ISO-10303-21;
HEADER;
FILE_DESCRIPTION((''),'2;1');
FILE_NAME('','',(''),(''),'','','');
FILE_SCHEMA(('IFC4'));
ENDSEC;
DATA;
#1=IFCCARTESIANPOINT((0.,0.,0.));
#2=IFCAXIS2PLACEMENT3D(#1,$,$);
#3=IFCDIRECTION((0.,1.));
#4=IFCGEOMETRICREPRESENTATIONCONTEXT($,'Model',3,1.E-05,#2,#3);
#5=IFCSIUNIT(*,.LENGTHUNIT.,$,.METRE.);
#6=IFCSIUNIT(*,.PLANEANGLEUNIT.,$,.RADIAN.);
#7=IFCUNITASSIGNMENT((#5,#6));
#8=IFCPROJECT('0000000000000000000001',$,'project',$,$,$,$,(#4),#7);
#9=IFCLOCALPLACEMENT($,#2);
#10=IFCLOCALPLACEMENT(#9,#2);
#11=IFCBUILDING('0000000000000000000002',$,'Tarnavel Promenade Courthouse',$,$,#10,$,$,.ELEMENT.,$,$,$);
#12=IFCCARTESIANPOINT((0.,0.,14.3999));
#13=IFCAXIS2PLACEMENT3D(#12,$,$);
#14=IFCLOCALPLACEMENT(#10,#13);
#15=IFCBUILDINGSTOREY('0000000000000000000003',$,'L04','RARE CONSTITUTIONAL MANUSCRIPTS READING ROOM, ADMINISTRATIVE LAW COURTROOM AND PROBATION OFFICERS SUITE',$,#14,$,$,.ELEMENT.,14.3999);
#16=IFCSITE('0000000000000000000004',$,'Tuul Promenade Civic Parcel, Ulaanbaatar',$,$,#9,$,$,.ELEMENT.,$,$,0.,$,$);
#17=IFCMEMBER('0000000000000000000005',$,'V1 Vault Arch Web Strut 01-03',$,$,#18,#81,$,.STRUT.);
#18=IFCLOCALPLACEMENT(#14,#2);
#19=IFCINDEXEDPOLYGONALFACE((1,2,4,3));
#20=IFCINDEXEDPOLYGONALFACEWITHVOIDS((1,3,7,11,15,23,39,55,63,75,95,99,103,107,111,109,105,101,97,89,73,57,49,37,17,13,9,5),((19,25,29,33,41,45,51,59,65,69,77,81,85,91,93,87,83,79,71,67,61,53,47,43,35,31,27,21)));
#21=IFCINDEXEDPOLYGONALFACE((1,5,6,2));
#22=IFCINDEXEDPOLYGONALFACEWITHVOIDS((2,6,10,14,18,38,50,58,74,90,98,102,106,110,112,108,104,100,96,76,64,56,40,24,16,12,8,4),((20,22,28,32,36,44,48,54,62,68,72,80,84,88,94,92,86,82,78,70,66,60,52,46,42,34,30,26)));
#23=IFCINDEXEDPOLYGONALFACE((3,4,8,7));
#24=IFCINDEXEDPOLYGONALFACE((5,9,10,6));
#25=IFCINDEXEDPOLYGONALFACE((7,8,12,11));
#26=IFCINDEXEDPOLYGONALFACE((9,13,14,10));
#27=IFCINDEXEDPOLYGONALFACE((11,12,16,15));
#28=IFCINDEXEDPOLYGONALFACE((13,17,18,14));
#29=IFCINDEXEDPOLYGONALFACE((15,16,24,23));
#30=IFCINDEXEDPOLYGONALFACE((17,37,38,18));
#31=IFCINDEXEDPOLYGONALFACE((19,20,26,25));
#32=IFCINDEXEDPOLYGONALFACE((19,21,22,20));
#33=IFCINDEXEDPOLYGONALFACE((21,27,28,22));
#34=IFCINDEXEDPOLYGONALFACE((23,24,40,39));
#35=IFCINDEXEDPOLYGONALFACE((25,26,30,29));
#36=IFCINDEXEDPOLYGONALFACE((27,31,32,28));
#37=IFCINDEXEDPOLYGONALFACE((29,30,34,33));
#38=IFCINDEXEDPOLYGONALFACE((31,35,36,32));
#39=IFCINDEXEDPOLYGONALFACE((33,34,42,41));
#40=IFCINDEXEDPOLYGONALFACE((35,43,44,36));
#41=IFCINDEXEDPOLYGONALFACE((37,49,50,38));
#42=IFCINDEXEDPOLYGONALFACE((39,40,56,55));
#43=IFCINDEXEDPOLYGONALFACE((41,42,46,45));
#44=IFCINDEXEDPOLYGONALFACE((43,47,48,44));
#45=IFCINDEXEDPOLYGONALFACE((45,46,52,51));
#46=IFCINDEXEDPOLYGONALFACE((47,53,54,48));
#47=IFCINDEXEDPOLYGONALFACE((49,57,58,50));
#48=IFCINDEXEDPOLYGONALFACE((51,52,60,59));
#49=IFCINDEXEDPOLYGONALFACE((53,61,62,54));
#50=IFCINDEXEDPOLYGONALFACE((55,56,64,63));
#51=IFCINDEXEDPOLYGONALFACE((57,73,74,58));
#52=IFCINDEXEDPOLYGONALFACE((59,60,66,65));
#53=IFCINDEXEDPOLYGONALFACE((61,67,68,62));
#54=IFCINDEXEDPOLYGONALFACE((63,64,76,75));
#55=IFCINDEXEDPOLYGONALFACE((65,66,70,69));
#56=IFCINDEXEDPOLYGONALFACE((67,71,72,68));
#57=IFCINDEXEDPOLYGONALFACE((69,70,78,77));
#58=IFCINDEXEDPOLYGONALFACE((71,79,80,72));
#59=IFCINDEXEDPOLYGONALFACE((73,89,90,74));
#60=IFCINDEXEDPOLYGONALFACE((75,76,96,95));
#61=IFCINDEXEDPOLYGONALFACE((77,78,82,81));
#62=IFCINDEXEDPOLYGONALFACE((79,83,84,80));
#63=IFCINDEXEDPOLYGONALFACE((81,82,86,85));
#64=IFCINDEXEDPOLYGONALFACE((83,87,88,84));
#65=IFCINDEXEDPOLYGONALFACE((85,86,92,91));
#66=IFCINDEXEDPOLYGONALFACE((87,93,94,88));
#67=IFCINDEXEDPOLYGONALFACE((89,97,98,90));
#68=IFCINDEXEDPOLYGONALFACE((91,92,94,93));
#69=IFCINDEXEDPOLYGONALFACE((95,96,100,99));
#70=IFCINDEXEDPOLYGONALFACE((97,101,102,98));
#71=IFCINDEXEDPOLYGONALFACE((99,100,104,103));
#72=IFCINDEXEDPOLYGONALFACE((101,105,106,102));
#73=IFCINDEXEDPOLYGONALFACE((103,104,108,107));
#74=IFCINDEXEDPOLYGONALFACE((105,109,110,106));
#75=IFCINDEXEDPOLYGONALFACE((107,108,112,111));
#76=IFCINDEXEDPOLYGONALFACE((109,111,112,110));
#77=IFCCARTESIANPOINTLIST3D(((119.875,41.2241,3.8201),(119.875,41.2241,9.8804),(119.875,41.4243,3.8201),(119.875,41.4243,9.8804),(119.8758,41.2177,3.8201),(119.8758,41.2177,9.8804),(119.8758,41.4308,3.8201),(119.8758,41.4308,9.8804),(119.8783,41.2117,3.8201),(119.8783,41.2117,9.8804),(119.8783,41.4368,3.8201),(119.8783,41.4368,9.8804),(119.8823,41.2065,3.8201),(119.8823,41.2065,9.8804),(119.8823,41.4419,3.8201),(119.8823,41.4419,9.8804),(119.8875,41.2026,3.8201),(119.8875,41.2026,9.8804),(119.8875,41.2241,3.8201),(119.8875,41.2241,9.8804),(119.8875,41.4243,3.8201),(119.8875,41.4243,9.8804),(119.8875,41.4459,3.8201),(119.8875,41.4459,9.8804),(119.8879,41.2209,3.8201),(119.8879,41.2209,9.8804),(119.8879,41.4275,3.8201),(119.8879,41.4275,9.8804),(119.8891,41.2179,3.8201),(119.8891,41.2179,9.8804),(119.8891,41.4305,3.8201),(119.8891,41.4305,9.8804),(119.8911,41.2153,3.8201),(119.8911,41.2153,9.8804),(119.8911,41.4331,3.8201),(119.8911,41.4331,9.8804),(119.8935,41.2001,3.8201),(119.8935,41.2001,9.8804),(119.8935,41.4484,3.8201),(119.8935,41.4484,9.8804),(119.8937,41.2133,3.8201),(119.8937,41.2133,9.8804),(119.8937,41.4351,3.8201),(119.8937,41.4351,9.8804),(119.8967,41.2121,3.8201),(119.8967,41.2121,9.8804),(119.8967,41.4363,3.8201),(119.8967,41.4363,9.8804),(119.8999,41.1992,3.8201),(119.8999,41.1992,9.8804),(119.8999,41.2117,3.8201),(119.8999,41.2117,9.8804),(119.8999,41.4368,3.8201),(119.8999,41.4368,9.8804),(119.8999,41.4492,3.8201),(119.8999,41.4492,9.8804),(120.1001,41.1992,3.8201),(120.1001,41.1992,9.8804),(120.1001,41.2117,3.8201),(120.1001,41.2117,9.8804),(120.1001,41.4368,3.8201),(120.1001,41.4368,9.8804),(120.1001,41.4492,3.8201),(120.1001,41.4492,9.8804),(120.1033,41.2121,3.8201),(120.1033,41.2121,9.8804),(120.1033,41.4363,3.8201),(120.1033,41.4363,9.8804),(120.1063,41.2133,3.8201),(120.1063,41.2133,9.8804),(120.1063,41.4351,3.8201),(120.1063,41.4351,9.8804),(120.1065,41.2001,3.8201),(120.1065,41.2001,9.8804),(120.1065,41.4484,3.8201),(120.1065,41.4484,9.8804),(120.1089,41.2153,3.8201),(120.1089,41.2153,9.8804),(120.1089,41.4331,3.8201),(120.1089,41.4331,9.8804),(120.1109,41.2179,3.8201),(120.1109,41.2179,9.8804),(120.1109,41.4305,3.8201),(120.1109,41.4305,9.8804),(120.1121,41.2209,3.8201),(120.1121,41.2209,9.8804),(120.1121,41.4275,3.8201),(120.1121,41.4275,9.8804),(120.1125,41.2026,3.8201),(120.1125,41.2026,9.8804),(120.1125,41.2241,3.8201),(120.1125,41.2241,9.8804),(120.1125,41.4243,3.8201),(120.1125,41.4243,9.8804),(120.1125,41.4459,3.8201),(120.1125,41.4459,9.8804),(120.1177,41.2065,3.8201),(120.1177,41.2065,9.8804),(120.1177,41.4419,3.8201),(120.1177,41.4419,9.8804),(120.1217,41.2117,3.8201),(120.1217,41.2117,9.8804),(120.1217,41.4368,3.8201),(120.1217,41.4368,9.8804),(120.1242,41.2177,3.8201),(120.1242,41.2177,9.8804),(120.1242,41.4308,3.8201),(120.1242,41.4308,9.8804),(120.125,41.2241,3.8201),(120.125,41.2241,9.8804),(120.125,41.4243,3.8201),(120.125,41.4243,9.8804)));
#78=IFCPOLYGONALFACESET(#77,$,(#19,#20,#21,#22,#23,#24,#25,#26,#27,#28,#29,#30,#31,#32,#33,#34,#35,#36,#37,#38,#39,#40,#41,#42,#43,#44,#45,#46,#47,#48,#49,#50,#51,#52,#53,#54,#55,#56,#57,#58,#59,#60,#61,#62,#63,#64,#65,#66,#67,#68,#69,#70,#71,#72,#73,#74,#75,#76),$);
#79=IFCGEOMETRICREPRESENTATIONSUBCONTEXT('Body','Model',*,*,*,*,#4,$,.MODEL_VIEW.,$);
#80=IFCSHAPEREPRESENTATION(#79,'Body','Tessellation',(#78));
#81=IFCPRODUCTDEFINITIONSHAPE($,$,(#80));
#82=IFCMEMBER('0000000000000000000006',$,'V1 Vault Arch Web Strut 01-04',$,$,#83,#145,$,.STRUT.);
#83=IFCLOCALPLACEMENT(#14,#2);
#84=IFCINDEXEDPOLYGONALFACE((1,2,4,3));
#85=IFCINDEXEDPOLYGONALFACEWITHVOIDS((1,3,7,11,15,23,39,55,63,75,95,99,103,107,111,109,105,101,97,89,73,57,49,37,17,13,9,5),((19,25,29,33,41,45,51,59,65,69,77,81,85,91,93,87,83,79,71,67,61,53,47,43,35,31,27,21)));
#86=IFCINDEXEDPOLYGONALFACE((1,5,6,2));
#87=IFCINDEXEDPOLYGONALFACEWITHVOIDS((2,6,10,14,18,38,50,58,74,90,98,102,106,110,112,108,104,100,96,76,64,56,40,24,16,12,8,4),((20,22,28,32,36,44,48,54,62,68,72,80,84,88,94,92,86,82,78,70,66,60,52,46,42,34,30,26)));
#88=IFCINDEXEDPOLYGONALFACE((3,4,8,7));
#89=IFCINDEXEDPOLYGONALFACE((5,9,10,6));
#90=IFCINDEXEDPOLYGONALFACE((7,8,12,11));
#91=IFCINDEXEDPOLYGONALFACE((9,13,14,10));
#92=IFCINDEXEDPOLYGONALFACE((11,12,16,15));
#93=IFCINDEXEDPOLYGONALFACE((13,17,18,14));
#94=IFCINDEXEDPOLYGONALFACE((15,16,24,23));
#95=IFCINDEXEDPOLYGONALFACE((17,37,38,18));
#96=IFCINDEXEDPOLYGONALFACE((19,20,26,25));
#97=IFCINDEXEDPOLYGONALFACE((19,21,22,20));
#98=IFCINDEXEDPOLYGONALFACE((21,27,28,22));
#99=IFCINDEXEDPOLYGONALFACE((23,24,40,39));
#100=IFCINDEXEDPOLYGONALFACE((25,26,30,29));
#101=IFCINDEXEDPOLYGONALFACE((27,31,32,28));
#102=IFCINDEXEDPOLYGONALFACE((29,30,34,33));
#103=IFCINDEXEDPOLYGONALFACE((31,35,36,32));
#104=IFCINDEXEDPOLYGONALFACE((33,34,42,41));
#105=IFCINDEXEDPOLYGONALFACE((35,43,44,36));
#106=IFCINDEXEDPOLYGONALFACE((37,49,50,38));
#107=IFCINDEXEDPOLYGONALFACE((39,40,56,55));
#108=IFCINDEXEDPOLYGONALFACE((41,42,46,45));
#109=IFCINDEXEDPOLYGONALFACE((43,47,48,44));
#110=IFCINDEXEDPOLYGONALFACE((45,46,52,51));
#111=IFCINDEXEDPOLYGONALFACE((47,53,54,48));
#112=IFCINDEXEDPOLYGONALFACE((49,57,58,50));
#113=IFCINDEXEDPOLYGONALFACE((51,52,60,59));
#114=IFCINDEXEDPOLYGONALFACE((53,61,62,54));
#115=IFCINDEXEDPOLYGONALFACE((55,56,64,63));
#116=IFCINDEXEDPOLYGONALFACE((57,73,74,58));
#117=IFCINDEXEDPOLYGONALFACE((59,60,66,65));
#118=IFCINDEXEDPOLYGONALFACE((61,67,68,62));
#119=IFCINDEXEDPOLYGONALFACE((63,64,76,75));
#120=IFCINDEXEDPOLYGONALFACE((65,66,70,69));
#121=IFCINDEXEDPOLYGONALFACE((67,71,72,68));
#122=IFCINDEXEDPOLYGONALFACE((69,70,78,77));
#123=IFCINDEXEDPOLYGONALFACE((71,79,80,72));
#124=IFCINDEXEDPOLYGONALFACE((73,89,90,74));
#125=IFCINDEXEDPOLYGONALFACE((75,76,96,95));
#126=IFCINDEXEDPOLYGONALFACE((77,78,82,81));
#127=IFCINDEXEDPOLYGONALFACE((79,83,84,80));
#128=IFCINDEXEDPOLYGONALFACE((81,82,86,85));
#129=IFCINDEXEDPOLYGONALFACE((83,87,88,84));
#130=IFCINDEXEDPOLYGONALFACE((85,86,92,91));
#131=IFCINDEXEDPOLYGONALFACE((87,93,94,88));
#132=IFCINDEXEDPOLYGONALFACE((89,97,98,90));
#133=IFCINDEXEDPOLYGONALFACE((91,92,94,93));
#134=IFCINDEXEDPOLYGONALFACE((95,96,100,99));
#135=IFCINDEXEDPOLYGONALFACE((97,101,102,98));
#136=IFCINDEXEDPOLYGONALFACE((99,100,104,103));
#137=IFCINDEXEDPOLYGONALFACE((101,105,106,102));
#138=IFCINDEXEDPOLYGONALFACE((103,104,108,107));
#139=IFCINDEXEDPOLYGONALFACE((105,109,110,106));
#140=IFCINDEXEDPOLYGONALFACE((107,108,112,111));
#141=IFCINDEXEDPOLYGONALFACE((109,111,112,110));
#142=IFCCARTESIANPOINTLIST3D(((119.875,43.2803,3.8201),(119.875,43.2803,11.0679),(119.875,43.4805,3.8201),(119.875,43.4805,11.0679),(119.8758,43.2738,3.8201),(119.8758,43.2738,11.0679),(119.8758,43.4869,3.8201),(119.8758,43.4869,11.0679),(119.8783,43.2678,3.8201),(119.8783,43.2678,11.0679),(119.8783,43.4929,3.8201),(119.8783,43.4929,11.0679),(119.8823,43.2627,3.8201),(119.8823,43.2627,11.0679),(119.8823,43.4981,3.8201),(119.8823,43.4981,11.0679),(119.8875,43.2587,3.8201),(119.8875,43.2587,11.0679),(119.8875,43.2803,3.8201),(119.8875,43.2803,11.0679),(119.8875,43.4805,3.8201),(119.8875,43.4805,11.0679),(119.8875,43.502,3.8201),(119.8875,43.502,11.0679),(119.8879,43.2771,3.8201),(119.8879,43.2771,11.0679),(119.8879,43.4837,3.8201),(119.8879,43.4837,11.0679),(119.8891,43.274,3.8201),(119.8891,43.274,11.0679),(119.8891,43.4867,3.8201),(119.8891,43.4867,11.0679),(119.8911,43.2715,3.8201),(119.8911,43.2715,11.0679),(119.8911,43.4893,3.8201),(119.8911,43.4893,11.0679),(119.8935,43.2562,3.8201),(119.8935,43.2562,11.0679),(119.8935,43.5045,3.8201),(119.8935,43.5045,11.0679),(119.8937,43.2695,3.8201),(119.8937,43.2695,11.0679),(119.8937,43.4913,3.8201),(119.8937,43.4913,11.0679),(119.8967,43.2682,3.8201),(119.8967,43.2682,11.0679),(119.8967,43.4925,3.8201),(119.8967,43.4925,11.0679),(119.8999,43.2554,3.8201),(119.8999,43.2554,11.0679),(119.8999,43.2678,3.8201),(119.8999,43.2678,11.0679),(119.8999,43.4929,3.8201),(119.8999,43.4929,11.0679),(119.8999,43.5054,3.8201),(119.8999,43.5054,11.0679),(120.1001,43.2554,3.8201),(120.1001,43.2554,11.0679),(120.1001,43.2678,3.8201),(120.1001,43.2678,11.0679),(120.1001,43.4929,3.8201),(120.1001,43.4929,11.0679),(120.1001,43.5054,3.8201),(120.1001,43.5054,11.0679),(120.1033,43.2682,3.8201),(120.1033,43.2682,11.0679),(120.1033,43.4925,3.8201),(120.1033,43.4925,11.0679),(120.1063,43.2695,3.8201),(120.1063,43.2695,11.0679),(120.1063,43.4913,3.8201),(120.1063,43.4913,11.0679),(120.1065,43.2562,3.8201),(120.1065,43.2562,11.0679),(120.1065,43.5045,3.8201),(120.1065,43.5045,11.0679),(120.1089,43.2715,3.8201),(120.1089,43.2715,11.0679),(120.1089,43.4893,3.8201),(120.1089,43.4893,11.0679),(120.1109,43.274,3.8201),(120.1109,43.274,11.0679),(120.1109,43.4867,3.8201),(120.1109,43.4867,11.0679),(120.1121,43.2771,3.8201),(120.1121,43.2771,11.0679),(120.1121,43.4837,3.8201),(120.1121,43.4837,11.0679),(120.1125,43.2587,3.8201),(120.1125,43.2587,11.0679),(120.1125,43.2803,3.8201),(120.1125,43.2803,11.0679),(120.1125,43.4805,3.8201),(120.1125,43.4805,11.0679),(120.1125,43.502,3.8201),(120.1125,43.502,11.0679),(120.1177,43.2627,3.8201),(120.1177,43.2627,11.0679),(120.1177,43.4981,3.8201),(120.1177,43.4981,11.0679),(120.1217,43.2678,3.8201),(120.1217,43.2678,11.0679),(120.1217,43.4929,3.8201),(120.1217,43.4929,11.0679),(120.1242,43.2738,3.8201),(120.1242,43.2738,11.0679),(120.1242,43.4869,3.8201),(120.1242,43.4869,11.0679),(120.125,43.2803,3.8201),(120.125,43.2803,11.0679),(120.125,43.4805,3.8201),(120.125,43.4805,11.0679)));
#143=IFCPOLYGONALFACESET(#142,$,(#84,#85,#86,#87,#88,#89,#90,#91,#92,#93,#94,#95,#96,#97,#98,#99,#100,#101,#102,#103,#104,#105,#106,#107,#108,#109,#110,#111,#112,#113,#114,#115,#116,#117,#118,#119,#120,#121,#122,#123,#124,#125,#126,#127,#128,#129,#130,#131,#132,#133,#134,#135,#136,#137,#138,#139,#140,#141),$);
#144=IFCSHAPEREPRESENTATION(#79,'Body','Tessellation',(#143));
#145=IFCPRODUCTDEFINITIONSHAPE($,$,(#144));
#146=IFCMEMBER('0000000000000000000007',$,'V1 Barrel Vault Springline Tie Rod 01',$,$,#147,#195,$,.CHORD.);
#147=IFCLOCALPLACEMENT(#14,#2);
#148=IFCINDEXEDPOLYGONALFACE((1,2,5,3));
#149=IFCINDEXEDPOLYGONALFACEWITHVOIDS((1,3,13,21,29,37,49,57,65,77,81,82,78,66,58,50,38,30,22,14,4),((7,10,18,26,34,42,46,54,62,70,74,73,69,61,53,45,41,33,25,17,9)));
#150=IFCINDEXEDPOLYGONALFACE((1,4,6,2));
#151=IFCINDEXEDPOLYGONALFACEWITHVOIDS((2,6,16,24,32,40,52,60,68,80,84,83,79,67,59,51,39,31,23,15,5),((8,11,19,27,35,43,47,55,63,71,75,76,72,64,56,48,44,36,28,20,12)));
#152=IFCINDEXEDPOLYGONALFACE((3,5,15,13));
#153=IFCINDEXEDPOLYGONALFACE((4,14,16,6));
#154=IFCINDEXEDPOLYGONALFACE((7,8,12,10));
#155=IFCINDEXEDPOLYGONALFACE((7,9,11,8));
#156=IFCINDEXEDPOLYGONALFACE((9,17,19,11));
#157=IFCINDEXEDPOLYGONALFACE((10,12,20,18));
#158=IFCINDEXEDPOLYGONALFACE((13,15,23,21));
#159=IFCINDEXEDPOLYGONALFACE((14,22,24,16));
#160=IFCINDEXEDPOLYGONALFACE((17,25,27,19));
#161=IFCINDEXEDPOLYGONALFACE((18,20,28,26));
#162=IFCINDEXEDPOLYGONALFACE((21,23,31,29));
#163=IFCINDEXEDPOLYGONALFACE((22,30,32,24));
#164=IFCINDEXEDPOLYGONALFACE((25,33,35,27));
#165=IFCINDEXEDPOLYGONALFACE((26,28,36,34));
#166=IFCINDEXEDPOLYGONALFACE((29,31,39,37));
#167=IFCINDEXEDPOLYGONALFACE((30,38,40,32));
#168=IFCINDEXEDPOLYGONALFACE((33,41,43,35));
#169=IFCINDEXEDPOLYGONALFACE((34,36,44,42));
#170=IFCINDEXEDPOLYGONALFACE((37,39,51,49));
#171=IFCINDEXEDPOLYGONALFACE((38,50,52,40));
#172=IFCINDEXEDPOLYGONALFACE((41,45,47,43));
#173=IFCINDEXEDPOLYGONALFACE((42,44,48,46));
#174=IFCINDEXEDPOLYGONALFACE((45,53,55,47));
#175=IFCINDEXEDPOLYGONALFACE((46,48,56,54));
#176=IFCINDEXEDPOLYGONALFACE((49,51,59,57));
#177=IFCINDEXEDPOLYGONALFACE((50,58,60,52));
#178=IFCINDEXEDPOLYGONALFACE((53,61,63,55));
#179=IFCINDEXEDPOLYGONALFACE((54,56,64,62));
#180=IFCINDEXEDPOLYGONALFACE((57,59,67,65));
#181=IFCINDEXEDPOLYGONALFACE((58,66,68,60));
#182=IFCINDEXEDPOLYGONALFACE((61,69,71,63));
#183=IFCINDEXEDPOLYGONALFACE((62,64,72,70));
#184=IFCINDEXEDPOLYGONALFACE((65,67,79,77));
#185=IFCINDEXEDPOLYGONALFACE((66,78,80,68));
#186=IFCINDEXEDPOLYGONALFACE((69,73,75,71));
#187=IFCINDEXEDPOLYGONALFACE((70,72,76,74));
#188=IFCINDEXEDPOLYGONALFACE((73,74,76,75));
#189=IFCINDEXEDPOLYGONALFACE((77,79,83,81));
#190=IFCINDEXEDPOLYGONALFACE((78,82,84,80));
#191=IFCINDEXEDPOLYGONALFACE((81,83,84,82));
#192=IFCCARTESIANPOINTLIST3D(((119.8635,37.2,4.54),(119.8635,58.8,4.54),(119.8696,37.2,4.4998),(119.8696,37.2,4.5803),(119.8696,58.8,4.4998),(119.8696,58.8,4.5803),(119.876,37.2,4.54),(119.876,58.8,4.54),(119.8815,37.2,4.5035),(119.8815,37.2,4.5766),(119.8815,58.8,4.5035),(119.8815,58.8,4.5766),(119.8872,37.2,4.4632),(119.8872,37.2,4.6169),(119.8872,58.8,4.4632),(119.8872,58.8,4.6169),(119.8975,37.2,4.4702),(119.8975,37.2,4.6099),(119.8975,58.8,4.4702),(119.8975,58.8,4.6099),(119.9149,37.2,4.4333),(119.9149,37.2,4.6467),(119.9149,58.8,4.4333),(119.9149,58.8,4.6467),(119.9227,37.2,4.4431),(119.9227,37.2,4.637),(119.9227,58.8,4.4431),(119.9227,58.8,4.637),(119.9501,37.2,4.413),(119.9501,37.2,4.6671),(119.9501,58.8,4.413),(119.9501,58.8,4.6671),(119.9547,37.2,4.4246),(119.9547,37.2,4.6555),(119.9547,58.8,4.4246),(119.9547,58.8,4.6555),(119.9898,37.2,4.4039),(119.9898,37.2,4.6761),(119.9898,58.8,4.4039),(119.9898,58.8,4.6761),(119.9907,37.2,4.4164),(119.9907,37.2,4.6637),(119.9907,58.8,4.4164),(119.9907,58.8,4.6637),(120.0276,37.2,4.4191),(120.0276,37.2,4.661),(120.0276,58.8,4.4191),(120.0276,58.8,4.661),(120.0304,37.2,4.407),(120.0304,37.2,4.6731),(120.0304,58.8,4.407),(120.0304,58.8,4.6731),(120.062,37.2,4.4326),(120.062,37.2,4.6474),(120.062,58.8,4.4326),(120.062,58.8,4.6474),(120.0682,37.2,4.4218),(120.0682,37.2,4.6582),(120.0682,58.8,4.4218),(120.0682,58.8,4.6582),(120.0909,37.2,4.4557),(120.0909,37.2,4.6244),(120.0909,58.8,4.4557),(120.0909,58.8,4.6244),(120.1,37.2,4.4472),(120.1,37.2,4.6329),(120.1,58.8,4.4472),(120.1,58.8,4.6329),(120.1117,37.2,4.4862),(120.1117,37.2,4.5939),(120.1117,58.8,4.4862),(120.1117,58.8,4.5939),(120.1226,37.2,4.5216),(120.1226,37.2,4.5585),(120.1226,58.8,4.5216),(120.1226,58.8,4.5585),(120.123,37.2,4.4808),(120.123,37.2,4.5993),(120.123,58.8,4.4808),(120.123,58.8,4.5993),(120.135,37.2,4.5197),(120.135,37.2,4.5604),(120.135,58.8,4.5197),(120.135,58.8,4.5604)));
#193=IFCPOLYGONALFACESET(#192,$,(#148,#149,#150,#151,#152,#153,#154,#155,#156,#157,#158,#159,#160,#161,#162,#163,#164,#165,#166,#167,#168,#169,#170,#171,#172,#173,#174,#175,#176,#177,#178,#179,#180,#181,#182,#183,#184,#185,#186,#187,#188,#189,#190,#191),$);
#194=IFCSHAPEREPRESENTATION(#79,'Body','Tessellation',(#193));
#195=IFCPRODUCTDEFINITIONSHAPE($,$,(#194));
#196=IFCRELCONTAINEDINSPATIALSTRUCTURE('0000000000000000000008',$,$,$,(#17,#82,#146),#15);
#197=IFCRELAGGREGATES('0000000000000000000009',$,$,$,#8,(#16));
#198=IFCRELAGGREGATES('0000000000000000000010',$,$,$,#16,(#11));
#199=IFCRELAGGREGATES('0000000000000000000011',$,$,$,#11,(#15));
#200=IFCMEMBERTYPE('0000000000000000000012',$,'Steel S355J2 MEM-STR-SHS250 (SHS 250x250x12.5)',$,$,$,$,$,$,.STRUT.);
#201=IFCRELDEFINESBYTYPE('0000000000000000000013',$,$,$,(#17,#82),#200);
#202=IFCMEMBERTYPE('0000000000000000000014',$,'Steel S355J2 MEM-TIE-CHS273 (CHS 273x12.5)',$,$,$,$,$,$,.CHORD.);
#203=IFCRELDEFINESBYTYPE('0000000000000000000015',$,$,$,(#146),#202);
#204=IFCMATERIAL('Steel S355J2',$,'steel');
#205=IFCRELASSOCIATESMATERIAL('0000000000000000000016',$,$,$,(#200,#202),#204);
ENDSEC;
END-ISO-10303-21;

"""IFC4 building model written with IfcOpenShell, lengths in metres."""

from ifc_helpers import new_model, si_unit, direction, frame, origin, origin_2d, place, context, subcontext, project, spatial, hollow_rectangle, hollow_circle, extrude, material, material_profile, profile_set, type_object, element, save


model = new_model("IFC4")

# Units and contexts
model_context = context("Model", 3, precision=1e-05, world=origin(), true_north=direction((0.0, 1.0)))
body_context = subcontext(model_context, "Body", "Model", "MODEL_VIEW")
ifc_project = project(units=[si_unit("LENGTHUNIT", "METRE"), si_unit("PLANEANGLEUNIT", "RADIAN")], contexts=[model_context])

# Site, building, storey
site_placement = place(None, origin())
site = spatial("IfcSite", under=ifc_project, at=site_placement, Name="Tuul Promenade Civic Parcel, Ulaanbaatar", CompositionType="ELEMENT", RefElevation=0.0)
building_placement = place(site_placement, origin())
building = spatial("IfcBuilding", under=site, at=building_placement, Name="Tarnavel Promenade Courthouse", CompositionType="ELEMENT")
storey_placement = place(building_placement, frame((0.0, 0.0, 14.3999)))
storey = spatial("IfcBuildingStorey", under=building, at=storey_placement, Name="L04", Description="RARE CONSTITUTIONAL MANUSCRIPTS READING ROOM, ADMINISTRATIVE LAW COURTROOM AND PROBATION OFFICERS SUITE", CompositionType="ELEMENT", Elevation=14.3999)

# Shared definitions
ifc_material_1 = material(Name="Steel S355J2", Category="steel")

# Members
ifc_material_profile_1 = material_profile(ifc_material_1, hollow_rectangle(XDim=0.25, YDim=0.25, WallThickness=0.0125, InnerFilletRadius=0.0125, OuterFilletRadius=0.0249, at=origin_2d()), Name="SHS 250x250x12.5")
ifc_profile_set_1 = profile_set([ifc_material_profile_1], Name="Steel S355J2")
member_type_1 = type_object("IfcMemberType", Name="Steel S355J2 MEM-STR-SHS250 (SHS 250x250x12.5)", PredefinedType="STRUT", material=ifc_profile_set_1)
member_1_placement = place(storey_placement, frame((120.0, 41.3242, 3.8201), z_axis=(0.0, 0.0, 1.0), x_axis=(1.0, 0.0, 0.0)))
element("IfcMember", 1, at=member_1_placement, inside=storey, type_object=member_type_1, Name="V1 Vault Arch Web Strut 01-03", PredefinedType="STRUT", context=body_context, shape_type="SweptSolid", body=[
    extrude(hollow_rectangle(XDim=0.25, YDim=0.25, WallThickness=0.0125, InnerFilletRadius=0.0125, OuterFilletRadius=0.0249, at=origin_2d()), origin(), (0.0, 0.0, 1.0), 6.0603),
])
member_2_placement = place(storey_placement, frame((120.0, 43.3804, 3.8201), z_axis=(0.0, 0.0, 1.0), x_axis=(1.0, 0.0, 0.0)))
element("IfcMember", 2, at=member_2_placement, inside=storey, type_object=member_type_1, Name="V1 Vault Arch Web Strut 01-04", PredefinedType="STRUT", context=body_context, shape_type="SweptSolid", body=[
    extrude(hollow_rectangle(XDim=0.25, YDim=0.25, WallThickness=0.0125, InnerFilletRadius=0.0125, OuterFilletRadius=0.0249, at=origin_2d()), origin(), (0.0, 0.0, 1.0), 7.2478),
])
ifc_material_profile_2 = material_profile(ifc_material_1, hollow_circle(Radius=0.1365, WallThickness=0.0125, at=origin_2d()), Name="CHS 273x12.5")
ifc_profile_set_2 = profile_set([ifc_material_profile_2], Name="Steel S355J2")
member_type_2 = type_object("IfcMemberType", Name="Steel S355J2 MEM-TIE-CHS273 (CHS 273x12.5)", PredefinedType="CHORD", material=ifc_profile_set_2)
member_3_placement = place(storey_placement, frame((120.0, 37.2, 4.54), z_axis=(0.0, 1.0, 0.0), x_axis=(-1.0, 0.0, 0.0)))
element("IfcMember", 3, at=member_3_placement, inside=storey, type_object=member_type_2, Name="V1 Barrel Vault Springline Tie Rod 01", PredefinedType="CHORD", context=body_context, shape_type="SweptSolid", body=[
    extrude(hollow_circle(Radius=0.1365, WallThickness=0.0125, at=origin_2d()), origin(), (0.0, 0.0, 1.0), 21.6001),
])

save(model, "model.ifc")
